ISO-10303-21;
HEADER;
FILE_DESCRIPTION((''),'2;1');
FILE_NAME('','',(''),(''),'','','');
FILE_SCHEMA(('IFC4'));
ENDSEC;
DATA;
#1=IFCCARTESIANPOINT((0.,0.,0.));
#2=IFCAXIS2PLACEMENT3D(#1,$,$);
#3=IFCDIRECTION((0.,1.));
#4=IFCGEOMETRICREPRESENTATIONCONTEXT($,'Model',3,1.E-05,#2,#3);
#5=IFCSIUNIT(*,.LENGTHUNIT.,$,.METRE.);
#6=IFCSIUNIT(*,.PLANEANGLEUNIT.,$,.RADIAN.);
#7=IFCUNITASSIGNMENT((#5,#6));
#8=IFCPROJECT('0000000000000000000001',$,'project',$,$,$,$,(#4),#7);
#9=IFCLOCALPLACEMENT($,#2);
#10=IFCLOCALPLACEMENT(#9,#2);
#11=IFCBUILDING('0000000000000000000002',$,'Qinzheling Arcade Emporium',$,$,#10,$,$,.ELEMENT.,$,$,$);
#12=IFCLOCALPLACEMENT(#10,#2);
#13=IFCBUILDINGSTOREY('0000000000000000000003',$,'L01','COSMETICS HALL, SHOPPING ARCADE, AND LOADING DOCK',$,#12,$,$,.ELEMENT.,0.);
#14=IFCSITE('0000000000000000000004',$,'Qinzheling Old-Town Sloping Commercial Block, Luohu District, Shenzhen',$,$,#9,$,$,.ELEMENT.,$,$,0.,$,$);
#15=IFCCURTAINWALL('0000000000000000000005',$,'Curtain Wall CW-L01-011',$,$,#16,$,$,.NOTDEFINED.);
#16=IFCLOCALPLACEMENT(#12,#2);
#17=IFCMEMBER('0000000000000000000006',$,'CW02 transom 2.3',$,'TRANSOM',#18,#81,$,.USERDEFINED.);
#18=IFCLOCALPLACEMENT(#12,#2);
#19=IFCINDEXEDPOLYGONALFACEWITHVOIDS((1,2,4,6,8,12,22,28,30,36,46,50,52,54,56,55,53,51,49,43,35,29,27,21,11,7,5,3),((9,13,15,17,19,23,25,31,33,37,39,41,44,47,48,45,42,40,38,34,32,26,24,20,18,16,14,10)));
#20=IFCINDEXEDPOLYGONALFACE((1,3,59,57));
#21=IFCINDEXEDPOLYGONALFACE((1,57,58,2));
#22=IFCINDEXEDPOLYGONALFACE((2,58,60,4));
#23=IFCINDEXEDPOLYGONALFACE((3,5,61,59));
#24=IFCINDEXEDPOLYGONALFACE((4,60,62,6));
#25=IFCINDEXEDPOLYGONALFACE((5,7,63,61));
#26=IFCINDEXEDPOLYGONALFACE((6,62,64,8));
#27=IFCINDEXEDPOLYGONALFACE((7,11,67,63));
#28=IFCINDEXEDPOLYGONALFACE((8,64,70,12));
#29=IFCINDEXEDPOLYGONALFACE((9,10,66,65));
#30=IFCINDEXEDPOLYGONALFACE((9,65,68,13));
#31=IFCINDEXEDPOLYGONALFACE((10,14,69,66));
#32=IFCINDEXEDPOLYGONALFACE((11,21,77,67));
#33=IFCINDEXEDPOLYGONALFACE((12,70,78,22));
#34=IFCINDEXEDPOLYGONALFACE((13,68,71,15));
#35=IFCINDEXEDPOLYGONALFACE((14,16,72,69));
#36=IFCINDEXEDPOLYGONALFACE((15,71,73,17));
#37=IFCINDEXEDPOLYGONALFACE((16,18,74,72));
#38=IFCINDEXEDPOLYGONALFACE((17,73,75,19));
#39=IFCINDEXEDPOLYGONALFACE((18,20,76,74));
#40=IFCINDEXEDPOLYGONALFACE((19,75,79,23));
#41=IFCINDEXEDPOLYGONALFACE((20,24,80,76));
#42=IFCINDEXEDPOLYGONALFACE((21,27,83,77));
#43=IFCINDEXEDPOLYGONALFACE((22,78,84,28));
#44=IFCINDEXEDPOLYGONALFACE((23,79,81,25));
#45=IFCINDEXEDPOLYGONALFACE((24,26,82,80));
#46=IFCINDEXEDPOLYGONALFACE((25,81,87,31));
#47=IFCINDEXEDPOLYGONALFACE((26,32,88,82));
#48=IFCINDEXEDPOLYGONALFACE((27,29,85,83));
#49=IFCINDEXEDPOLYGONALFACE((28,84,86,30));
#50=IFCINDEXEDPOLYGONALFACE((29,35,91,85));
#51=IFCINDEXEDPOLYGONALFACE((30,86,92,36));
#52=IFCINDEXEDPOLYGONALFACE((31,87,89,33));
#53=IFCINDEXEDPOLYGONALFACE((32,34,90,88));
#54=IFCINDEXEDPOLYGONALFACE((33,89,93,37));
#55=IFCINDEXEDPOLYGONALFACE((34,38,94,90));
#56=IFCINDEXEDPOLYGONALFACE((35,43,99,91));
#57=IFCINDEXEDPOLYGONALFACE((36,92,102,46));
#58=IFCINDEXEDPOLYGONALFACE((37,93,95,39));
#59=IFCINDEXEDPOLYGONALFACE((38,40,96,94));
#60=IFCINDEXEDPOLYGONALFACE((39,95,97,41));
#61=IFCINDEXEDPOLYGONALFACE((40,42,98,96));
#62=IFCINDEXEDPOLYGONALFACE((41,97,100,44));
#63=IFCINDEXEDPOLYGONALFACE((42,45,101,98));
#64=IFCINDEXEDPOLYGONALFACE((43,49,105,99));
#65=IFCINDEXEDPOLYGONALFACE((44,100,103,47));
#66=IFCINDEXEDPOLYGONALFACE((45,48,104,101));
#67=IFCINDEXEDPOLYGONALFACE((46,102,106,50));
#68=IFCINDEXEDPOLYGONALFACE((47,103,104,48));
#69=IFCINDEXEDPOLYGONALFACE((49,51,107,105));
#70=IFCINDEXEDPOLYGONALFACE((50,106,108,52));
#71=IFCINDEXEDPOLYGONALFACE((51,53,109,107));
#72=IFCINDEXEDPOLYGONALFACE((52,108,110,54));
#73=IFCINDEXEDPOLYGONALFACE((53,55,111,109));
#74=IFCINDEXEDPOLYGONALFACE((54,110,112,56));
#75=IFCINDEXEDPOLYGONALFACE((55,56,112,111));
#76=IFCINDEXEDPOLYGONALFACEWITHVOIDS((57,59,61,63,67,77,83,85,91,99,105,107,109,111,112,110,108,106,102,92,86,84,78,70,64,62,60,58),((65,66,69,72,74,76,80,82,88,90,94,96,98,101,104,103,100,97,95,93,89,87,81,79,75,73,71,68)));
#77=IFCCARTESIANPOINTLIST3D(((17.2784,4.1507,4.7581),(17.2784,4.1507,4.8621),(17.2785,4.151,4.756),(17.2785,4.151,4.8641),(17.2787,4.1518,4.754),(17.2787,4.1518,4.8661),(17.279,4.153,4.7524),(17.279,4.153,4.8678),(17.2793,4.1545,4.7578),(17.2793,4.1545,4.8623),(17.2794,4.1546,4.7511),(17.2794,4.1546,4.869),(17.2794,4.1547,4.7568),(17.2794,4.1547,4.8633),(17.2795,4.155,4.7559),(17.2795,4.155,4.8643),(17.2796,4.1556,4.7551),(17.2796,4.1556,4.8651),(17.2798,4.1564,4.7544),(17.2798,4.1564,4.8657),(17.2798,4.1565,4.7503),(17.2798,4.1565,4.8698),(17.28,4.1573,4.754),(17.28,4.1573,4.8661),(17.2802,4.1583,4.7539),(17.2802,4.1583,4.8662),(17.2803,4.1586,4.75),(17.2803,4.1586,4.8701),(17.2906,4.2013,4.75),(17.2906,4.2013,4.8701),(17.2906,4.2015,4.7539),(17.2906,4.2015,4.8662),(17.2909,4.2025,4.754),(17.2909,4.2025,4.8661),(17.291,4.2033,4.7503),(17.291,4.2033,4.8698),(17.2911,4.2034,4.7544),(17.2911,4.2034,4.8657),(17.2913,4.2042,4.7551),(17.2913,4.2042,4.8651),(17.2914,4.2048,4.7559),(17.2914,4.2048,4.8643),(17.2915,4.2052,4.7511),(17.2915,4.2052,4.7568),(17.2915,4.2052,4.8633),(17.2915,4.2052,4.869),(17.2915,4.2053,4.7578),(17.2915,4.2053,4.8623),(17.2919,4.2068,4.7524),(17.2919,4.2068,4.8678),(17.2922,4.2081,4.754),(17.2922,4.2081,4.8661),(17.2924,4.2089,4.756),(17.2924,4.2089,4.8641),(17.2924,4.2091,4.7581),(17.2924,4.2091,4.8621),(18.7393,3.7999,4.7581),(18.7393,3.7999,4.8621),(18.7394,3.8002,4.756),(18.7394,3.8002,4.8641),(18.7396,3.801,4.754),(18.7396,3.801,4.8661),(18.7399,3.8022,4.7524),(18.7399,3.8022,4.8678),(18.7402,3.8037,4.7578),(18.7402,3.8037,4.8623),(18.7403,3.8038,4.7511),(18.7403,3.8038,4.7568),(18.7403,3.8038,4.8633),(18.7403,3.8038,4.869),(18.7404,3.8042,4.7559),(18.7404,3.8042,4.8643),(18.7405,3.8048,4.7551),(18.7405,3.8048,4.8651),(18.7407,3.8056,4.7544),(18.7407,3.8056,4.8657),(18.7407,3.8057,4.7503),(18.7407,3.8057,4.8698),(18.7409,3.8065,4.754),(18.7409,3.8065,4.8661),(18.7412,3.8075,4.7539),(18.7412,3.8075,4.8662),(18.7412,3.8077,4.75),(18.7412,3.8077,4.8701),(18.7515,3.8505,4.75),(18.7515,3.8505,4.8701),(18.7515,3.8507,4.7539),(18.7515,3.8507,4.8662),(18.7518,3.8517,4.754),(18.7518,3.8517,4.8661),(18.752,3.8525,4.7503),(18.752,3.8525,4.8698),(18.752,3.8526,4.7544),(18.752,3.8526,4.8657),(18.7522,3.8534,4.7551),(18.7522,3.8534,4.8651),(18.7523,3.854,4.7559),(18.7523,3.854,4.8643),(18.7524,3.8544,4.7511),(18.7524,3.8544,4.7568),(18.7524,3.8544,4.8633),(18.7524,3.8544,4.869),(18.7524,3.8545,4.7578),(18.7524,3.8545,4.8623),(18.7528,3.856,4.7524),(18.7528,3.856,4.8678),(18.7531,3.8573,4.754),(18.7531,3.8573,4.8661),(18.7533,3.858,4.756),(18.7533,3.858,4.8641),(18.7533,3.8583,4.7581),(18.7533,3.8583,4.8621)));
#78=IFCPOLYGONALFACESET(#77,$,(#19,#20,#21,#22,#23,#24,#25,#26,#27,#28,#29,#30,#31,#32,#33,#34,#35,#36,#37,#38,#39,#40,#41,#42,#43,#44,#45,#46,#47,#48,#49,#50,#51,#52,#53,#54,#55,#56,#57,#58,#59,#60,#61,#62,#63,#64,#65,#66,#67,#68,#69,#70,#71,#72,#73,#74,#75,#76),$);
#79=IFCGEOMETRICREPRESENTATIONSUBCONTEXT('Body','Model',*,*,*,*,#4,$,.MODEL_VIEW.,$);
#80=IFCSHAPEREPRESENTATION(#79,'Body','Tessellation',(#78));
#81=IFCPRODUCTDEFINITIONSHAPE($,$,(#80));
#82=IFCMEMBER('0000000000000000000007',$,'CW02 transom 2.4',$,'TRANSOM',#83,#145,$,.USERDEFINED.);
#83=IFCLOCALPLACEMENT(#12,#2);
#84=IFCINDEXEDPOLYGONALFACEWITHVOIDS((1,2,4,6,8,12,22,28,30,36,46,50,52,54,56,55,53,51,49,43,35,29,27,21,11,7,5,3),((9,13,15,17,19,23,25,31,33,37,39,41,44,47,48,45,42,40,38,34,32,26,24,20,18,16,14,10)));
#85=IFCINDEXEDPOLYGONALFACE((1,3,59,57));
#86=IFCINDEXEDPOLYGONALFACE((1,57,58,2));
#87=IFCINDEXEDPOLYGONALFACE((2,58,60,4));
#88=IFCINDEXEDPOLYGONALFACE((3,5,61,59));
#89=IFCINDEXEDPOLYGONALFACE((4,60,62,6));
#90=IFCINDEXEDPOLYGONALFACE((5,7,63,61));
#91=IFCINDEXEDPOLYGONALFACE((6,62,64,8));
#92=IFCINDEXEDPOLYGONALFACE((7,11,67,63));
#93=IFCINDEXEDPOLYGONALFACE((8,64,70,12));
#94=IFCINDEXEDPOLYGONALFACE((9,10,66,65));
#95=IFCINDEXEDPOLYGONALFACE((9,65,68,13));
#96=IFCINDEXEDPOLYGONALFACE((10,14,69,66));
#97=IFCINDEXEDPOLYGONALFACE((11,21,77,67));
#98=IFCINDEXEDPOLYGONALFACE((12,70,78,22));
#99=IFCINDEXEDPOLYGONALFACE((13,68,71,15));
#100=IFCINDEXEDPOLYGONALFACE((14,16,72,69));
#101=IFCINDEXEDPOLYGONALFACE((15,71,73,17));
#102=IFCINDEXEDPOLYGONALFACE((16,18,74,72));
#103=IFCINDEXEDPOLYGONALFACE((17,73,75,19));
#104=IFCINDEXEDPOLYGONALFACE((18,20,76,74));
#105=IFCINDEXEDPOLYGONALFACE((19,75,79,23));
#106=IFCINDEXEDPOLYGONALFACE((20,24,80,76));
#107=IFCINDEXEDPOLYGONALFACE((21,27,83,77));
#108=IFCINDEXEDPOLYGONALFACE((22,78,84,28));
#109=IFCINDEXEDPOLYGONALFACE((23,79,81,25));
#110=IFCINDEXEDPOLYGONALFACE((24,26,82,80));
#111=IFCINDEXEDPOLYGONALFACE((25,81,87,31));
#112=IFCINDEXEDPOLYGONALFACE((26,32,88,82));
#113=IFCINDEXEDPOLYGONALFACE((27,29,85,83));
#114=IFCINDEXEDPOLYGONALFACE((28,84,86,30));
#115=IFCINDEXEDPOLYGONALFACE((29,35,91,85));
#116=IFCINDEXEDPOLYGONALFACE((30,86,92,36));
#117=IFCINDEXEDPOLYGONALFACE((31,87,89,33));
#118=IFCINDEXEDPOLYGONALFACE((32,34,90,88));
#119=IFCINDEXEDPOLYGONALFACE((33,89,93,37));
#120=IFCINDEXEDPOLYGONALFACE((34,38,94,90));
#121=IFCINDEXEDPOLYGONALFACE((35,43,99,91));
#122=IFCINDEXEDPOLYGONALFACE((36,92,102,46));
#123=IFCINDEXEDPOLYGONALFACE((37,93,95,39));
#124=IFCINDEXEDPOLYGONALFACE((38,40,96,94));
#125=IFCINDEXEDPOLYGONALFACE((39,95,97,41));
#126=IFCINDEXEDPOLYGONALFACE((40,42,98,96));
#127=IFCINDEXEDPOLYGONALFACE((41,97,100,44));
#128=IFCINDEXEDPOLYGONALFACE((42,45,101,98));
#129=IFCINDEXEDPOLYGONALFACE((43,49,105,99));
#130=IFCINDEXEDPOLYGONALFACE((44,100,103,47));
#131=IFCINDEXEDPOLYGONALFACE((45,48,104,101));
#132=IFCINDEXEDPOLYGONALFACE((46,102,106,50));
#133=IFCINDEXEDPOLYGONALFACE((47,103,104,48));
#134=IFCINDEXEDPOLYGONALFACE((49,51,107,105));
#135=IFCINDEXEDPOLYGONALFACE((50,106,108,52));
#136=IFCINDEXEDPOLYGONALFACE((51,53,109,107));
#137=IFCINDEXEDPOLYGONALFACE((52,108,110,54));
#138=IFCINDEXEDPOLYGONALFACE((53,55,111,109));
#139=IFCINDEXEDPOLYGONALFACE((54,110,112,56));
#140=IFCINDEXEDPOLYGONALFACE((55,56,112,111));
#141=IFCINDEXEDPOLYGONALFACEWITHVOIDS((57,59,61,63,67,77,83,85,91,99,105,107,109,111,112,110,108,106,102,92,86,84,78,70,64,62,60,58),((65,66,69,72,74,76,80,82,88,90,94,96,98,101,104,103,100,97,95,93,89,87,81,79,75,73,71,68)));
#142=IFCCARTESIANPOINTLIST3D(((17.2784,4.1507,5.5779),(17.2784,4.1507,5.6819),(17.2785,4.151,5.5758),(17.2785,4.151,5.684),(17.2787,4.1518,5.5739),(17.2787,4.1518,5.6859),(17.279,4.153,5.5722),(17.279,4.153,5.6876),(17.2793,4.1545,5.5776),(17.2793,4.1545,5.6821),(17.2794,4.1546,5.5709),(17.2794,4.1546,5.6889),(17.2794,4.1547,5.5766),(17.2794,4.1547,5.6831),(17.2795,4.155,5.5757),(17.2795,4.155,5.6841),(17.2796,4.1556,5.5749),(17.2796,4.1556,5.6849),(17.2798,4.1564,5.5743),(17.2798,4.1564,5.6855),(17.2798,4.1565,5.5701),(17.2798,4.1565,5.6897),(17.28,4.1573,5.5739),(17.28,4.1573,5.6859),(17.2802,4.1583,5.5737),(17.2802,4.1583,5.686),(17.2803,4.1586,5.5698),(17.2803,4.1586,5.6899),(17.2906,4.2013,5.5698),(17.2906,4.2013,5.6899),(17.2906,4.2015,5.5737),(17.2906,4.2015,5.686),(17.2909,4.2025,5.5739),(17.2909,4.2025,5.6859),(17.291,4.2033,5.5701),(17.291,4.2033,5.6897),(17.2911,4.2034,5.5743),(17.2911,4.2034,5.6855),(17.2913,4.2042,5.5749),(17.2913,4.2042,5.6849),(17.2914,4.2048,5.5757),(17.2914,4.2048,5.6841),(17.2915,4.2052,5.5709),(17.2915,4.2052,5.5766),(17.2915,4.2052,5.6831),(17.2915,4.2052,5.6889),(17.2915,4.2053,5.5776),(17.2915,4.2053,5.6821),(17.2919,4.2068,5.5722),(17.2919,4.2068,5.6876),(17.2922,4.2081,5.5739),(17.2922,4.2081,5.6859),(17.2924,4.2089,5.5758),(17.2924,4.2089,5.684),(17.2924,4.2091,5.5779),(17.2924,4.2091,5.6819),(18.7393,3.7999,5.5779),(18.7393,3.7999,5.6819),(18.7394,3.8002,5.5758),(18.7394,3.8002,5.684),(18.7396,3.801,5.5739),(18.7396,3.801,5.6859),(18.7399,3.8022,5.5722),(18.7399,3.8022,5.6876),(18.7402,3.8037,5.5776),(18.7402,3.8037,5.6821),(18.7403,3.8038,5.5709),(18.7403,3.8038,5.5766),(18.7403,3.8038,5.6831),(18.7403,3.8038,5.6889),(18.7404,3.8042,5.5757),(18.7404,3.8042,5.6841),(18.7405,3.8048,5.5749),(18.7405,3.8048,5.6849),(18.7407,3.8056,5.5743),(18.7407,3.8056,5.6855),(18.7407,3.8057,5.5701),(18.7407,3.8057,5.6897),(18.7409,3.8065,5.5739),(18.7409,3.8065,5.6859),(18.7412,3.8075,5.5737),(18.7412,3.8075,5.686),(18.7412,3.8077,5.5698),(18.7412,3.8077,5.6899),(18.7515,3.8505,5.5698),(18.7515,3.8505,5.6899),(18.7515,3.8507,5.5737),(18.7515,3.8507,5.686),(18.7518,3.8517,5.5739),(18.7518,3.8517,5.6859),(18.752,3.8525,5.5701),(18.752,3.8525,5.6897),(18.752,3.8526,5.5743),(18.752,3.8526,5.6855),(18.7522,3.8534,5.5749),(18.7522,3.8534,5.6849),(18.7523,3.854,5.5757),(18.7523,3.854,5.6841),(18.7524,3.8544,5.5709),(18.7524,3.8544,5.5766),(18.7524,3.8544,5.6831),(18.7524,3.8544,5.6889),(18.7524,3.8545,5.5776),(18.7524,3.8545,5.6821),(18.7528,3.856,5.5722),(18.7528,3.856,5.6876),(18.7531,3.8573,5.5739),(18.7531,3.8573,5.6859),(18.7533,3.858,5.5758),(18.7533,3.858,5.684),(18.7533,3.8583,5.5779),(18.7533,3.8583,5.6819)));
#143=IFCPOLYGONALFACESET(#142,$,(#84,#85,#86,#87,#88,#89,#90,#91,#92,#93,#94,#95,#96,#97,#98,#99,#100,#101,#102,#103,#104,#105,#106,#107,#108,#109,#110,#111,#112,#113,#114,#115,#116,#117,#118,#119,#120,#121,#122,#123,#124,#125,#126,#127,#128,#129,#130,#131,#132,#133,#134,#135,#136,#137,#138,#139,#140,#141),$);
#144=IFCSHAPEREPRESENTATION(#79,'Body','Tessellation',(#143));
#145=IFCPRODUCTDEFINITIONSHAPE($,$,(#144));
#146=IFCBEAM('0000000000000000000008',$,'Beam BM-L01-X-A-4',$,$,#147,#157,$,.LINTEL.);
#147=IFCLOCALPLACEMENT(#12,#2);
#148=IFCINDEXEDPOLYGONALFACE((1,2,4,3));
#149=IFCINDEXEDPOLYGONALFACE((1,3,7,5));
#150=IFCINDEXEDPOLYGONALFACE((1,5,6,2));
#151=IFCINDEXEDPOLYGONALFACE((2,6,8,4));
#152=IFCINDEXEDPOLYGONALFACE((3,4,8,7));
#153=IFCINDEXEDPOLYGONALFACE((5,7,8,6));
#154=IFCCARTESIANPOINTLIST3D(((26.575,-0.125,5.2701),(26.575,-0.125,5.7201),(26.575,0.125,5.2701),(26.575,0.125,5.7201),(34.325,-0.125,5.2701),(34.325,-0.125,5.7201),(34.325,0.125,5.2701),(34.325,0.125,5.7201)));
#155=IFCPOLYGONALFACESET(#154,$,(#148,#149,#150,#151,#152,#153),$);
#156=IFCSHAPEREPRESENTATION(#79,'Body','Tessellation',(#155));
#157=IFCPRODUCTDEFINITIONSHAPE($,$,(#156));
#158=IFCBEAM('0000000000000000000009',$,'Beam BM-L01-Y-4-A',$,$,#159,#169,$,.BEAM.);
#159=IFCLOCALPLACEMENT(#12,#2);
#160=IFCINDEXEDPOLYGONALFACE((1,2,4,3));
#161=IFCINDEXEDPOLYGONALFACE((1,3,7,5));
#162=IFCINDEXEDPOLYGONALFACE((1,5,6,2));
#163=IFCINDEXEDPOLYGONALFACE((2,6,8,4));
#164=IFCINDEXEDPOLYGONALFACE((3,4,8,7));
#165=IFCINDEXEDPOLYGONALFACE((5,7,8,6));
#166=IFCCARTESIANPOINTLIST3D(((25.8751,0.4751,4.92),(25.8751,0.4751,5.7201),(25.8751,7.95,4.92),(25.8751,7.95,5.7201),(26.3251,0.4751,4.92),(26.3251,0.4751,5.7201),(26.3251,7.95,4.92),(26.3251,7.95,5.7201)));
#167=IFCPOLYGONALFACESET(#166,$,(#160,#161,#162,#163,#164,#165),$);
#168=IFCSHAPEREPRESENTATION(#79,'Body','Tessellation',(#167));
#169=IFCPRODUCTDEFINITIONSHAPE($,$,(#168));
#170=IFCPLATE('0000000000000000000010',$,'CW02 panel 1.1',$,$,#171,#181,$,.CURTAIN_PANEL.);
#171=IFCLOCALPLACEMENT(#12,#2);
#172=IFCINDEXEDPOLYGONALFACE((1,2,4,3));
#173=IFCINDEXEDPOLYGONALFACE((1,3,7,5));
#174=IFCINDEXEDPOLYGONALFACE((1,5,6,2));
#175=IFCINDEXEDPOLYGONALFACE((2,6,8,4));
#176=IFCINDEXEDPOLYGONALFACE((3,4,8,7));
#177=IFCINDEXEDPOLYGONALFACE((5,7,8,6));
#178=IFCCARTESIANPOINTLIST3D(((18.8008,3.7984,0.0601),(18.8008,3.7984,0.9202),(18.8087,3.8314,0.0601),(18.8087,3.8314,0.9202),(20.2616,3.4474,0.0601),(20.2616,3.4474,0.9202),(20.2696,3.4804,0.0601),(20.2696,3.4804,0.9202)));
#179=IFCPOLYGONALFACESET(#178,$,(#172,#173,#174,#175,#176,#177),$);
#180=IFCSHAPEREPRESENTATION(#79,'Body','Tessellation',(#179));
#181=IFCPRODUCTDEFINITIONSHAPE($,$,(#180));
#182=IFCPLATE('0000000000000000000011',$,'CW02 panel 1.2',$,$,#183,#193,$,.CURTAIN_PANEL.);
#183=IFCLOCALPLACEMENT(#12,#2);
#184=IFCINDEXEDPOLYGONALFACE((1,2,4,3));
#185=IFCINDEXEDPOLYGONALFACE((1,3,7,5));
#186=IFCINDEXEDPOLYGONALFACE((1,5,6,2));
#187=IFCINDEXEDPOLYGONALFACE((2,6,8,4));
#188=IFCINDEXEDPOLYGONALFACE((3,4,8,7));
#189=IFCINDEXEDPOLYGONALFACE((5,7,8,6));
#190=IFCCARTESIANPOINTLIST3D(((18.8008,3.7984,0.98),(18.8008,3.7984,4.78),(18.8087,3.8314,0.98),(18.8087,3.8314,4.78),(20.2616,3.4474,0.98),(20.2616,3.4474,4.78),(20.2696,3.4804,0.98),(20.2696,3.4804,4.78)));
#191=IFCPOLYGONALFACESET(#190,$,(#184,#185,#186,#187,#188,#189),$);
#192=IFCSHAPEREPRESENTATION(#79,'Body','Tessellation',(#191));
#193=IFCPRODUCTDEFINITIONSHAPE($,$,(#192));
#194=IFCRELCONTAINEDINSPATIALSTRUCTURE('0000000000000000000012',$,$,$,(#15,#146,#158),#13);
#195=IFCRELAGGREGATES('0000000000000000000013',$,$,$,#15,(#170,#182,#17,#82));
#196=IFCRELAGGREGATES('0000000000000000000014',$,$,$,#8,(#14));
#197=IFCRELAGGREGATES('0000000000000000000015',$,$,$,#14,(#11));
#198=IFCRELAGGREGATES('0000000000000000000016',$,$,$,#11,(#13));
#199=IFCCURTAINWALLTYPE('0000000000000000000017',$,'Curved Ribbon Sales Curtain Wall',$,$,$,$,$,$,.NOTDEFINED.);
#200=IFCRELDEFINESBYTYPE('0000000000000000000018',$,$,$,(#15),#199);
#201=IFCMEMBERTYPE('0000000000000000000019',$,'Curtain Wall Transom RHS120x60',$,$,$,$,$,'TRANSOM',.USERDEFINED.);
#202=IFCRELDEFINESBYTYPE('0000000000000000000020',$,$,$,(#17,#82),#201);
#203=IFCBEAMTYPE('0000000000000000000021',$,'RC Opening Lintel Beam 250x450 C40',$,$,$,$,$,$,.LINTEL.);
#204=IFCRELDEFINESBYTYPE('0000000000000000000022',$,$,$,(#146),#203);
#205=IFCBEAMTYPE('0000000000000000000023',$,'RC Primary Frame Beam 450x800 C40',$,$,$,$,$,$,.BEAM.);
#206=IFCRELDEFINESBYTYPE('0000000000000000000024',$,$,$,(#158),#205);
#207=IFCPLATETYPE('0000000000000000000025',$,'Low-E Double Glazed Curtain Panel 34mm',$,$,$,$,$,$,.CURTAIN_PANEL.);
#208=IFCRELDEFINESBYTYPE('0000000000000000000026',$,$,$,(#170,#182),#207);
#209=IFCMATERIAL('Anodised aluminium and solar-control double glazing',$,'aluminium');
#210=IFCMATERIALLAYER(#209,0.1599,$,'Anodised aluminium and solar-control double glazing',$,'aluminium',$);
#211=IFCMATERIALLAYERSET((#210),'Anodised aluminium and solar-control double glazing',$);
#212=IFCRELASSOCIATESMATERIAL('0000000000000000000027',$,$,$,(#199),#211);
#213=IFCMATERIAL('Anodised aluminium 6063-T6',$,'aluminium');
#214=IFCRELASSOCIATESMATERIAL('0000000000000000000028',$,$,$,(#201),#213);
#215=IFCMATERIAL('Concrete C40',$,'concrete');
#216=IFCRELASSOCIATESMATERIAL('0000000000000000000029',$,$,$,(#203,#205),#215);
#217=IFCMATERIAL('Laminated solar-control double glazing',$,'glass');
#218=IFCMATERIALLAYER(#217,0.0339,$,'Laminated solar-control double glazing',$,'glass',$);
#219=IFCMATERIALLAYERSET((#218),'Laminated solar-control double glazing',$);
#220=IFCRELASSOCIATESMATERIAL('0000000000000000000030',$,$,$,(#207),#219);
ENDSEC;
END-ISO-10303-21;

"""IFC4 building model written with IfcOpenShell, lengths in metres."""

from ifc_helpers import new_model, si_unit, direction, frame, origin, origin_2d, place, context, subcontext, project, spatial, rectangle, hollow_rectangle, extrude, material, layer, layer_set, material_profile, profile_set, type_object, element, aggregate, save


model = new_model("IFC4")

# Units and contexts
model_context = context("Model", 3, precision=1e-05, world=origin(), true_north=direction((0.0, 1.0)))
body_context = subcontext(model_context, "Body", "Model", "MODEL_VIEW")
ifc_project = project(units=[si_unit("LENGTHUNIT", "METRE"), si_unit("PLANEANGLEUNIT", "RADIAN")], contexts=[model_context])

# Site, building, storey
site_placement = place(None, origin())
site = spatial("IfcSite", under=ifc_project, at=site_placement, Name="Qinzheling Old-Town Sloping Commercial Block, Luohu District, Shenzhen", CompositionType="ELEMENT", RefElevation=0.0)
building_placement = place(site_placement, origin())
building = spatial("IfcBuilding", under=site, at=building_placement, Name="Qinzheling Arcade Emporium", CompositionType="ELEMENT")
storey_placement = place(building_placement, origin())
storey = spatial("IfcBuildingStorey", under=building, at=storey_placement, Name="L01", Description="COSMETICS HALL, SHOPPING ARCADE, AND LOADING DOCK", CompositionType="ELEMENT", Elevation=0.0)

# Curtain wall, members
ifc_material_1 = material(Name="Anodised aluminium and solar-control double glazing", Category="aluminium")
ifc_layer_1 = layer(ifc_material_1, 0.1599, Name="Anodised aluminium and solar-control double glazing", Category="aluminium")
ifc_layer_set_1 = layer_set([ifc_layer_1], Name="Anodised aluminium and solar-control double glazing")
curtain_wall_type = type_object("IfcCurtainWallType", Name="Curved Ribbon Sales Curtain Wall", PredefinedType="NOTDEFINED", material=ifc_layer_set_1)
curtain_wall_placement = place(storey_placement, origin())
curtain_wall = element("IfcCurtainWall", 1, at=curtain_wall_placement, inside=storey, type_object=curtain_wall_type, Name="Curtain Wall CW-L01-011", PredefinedType="NOTDEFINED")
ifc_material_2 = material(Name="Anodised aluminium 6063-T6", Category="aluminium")
ifc_material_profile_1 = material_profile(ifc_material_2, hollow_rectangle(XDim=0.0601, YDim=0.1201, WallThickness=0.0039, InnerFilletRadius=0.0039, OuterFilletRadius=0.0081, at=origin_2d()), Name="RHS 120x60x4", Category="aluminium")
ifc_profile_set_1 = profile_set([ifc_material_profile_1], Name="Anodised aluminium 6063-T6")
member_type_1 = type_object("IfcMemberType", Name="Curtain Wall Transom RHS120x60", ElementType="TRANSOM", PredefinedType="USERDEFINED", material=ifc_profile_set_1)
member_1_placement = place(storey_placement, frame((18.7463, 3.8291, 4.8101), z_axis=(-0.972356, 0.233502, 0.0), x_axis=(-0.233502, -0.972356, 0.0)))
member_1 = element("IfcMember", 2, at=member_1_placement, type_object=member_type_1, Name="CW02 transom 2.3", ObjectType="TRANSOM", PredefinedType="USERDEFINED", context=body_context, shape_type="SweptSolid", body=[
    extrude(hollow_rectangle(XDim=0.0601, YDim=0.1201, WallThickness=0.0039, InnerFilletRadius=0.0039, OuterFilletRadius=0.0081, at=origin_2d()), origin(), (0.0, 0.0, 1.0), 1.5024),
])
member_2_placement = place(storey_placement, frame((18.7463, 3.8291, 5.6299), z_axis=(-0.972356, 0.233502, 0.0), x_axis=(-0.233502, -0.972356, 0.0)))
member_2 = element("IfcMember", 3, at=member_2_placement, type_object=member_type_1, Name="CW02 transom 2.4", ObjectType="TRANSOM", PredefinedType="USERDEFINED", context=body_context, shape_type="SweptSolid", body=[
    extrude(hollow_rectangle(XDim=0.0601, YDim=0.1201, WallThickness=0.0039, InnerFilletRadius=0.0039, OuterFilletRadius=0.0081, at=origin_2d()), origin(), (0.0, 0.0, 1.0), 1.5024),
])

# Beams
ifc_material_3 = material(Name="Concrete C40", Category="concrete")
ifc_material_profile_2 = material_profile(ifc_material_3, rectangle(XDim=0.25, YDim=0.45, at=origin_2d()), Name="RC 250x450", Category="concrete")
ifc_profile_set_2 = profile_set([ifc_material_profile_2], Name="Concrete C40")
beam_type_1 = type_object("IfcBeamType", Name="RC Opening Lintel Beam 250x450 C40", PredefinedType="LINTEL", material=ifc_profile_set_2)
beam_1_placement = place(storey_placement, frame((26.575, 0.0, 5.4951), z_axis=(1.0, 0.0, 0.0), x_axis=(0.0, 1.0, 0.0)))
element("IfcBeam", 4, at=beam_1_placement, inside=storey, type_object=beam_type_1, Name="Beam BM-L01-X-A-4", PredefinedType="LINTEL", context=body_context, shape_type="SweptSolid", body=[
    extrude(rectangle(XDim=0.25, YDim=0.45, at=origin_2d()), origin(), (0.0, 0.0, 1.0), 7.75),
])
ifc_material_profile_3 = material_profile(ifc_material_3, rectangle(XDim=0.45, YDim=0.8, at=origin_2d()), Name="RC 450x800", Category="concrete")
ifc_profile_set_3 = profile_set([ifc_material_profile_3], Name="Concrete C40")
beam_type_2 = type_object("IfcBeamType", Name="RC Primary Frame Beam 450x800 C40", PredefinedType="BEAM", material=ifc_profile_set_3)
beam_2_placement = place(storey_placement, frame((26.1001, 0.4751, 5.3201), z_axis=(0.0, 1.0, 0.0), x_axis=(-1.0, 0.0, 0.0)))
element("IfcBeam", 5, at=beam_2_placement, inside=storey, type_object=beam_type_2, Name="Beam BM-L01-Y-4-A", PredefinedType="BEAM", context=body_context, shape_type="SweptSolid", body=[
    extrude(rectangle(XDim=0.45, YDim=0.8, at=origin_2d()), origin(), (0.0, 0.0, 1.0), 7.4749),
])

# Plates
ifc_material_4 = material(Name="Laminated solar-control double glazing", Category="glass")
ifc_layer_2 = layer(ifc_material_4, 0.0339, Name="Laminated solar-control double glazing", Category="glass")
ifc_layer_set_2 = layer_set([ifc_layer_2], Name="Laminated solar-control double glazing")
plate_type = type_object("IfcPlateType", Name="Low-E Double Glazed Curtain Panel 34mm", PredefinedType="CURTAIN_PANEL", material=ifc_layer_set_2)
plate_1_placement = place(storey_placement, frame((19.5352, 3.6394, 0.0601), z_axis=(0.0, 0.0, 1.0), x_axis=(-0.972336, 0.233587, 0.0)))
plate_1 = element("IfcPlate", 6, at=plate_1_placement, type_object=plate_type, Name="CW02 panel 1.1", PredefinedType="CURTAIN_PANEL", context=body_context, shape_type="SweptSolid", body=[
    extrude(rectangle(XDim=1.5024, YDim=0.0339, at=origin_2d()), origin(), (0.0, 0.0, 1.0), 0.8601),
])
plate_2_placement = place(storey_placement, frame((19.5352, 3.6394, 0.98), z_axis=(0.0, 0.0, 1.0), x_axis=(-0.972336, 0.233587, 0.0)))
plate_2 = element("IfcPlate", 7, at=plate_2_placement, type_object=plate_type, Name="CW02 panel 1.2", PredefinedType="CURTAIN_PANEL", context=body_context, shape_type="SweptSolid", body=[
    extrude(rectangle(XDim=1.5024, YDim=0.0339, at=origin_2d()), origin(), (0.0, 0.0, 1.0), 3.8),
])
aggregate(curtain_wall, [plate_1, plate_2, member_1, member_2])

save(model, "model.ifc")
